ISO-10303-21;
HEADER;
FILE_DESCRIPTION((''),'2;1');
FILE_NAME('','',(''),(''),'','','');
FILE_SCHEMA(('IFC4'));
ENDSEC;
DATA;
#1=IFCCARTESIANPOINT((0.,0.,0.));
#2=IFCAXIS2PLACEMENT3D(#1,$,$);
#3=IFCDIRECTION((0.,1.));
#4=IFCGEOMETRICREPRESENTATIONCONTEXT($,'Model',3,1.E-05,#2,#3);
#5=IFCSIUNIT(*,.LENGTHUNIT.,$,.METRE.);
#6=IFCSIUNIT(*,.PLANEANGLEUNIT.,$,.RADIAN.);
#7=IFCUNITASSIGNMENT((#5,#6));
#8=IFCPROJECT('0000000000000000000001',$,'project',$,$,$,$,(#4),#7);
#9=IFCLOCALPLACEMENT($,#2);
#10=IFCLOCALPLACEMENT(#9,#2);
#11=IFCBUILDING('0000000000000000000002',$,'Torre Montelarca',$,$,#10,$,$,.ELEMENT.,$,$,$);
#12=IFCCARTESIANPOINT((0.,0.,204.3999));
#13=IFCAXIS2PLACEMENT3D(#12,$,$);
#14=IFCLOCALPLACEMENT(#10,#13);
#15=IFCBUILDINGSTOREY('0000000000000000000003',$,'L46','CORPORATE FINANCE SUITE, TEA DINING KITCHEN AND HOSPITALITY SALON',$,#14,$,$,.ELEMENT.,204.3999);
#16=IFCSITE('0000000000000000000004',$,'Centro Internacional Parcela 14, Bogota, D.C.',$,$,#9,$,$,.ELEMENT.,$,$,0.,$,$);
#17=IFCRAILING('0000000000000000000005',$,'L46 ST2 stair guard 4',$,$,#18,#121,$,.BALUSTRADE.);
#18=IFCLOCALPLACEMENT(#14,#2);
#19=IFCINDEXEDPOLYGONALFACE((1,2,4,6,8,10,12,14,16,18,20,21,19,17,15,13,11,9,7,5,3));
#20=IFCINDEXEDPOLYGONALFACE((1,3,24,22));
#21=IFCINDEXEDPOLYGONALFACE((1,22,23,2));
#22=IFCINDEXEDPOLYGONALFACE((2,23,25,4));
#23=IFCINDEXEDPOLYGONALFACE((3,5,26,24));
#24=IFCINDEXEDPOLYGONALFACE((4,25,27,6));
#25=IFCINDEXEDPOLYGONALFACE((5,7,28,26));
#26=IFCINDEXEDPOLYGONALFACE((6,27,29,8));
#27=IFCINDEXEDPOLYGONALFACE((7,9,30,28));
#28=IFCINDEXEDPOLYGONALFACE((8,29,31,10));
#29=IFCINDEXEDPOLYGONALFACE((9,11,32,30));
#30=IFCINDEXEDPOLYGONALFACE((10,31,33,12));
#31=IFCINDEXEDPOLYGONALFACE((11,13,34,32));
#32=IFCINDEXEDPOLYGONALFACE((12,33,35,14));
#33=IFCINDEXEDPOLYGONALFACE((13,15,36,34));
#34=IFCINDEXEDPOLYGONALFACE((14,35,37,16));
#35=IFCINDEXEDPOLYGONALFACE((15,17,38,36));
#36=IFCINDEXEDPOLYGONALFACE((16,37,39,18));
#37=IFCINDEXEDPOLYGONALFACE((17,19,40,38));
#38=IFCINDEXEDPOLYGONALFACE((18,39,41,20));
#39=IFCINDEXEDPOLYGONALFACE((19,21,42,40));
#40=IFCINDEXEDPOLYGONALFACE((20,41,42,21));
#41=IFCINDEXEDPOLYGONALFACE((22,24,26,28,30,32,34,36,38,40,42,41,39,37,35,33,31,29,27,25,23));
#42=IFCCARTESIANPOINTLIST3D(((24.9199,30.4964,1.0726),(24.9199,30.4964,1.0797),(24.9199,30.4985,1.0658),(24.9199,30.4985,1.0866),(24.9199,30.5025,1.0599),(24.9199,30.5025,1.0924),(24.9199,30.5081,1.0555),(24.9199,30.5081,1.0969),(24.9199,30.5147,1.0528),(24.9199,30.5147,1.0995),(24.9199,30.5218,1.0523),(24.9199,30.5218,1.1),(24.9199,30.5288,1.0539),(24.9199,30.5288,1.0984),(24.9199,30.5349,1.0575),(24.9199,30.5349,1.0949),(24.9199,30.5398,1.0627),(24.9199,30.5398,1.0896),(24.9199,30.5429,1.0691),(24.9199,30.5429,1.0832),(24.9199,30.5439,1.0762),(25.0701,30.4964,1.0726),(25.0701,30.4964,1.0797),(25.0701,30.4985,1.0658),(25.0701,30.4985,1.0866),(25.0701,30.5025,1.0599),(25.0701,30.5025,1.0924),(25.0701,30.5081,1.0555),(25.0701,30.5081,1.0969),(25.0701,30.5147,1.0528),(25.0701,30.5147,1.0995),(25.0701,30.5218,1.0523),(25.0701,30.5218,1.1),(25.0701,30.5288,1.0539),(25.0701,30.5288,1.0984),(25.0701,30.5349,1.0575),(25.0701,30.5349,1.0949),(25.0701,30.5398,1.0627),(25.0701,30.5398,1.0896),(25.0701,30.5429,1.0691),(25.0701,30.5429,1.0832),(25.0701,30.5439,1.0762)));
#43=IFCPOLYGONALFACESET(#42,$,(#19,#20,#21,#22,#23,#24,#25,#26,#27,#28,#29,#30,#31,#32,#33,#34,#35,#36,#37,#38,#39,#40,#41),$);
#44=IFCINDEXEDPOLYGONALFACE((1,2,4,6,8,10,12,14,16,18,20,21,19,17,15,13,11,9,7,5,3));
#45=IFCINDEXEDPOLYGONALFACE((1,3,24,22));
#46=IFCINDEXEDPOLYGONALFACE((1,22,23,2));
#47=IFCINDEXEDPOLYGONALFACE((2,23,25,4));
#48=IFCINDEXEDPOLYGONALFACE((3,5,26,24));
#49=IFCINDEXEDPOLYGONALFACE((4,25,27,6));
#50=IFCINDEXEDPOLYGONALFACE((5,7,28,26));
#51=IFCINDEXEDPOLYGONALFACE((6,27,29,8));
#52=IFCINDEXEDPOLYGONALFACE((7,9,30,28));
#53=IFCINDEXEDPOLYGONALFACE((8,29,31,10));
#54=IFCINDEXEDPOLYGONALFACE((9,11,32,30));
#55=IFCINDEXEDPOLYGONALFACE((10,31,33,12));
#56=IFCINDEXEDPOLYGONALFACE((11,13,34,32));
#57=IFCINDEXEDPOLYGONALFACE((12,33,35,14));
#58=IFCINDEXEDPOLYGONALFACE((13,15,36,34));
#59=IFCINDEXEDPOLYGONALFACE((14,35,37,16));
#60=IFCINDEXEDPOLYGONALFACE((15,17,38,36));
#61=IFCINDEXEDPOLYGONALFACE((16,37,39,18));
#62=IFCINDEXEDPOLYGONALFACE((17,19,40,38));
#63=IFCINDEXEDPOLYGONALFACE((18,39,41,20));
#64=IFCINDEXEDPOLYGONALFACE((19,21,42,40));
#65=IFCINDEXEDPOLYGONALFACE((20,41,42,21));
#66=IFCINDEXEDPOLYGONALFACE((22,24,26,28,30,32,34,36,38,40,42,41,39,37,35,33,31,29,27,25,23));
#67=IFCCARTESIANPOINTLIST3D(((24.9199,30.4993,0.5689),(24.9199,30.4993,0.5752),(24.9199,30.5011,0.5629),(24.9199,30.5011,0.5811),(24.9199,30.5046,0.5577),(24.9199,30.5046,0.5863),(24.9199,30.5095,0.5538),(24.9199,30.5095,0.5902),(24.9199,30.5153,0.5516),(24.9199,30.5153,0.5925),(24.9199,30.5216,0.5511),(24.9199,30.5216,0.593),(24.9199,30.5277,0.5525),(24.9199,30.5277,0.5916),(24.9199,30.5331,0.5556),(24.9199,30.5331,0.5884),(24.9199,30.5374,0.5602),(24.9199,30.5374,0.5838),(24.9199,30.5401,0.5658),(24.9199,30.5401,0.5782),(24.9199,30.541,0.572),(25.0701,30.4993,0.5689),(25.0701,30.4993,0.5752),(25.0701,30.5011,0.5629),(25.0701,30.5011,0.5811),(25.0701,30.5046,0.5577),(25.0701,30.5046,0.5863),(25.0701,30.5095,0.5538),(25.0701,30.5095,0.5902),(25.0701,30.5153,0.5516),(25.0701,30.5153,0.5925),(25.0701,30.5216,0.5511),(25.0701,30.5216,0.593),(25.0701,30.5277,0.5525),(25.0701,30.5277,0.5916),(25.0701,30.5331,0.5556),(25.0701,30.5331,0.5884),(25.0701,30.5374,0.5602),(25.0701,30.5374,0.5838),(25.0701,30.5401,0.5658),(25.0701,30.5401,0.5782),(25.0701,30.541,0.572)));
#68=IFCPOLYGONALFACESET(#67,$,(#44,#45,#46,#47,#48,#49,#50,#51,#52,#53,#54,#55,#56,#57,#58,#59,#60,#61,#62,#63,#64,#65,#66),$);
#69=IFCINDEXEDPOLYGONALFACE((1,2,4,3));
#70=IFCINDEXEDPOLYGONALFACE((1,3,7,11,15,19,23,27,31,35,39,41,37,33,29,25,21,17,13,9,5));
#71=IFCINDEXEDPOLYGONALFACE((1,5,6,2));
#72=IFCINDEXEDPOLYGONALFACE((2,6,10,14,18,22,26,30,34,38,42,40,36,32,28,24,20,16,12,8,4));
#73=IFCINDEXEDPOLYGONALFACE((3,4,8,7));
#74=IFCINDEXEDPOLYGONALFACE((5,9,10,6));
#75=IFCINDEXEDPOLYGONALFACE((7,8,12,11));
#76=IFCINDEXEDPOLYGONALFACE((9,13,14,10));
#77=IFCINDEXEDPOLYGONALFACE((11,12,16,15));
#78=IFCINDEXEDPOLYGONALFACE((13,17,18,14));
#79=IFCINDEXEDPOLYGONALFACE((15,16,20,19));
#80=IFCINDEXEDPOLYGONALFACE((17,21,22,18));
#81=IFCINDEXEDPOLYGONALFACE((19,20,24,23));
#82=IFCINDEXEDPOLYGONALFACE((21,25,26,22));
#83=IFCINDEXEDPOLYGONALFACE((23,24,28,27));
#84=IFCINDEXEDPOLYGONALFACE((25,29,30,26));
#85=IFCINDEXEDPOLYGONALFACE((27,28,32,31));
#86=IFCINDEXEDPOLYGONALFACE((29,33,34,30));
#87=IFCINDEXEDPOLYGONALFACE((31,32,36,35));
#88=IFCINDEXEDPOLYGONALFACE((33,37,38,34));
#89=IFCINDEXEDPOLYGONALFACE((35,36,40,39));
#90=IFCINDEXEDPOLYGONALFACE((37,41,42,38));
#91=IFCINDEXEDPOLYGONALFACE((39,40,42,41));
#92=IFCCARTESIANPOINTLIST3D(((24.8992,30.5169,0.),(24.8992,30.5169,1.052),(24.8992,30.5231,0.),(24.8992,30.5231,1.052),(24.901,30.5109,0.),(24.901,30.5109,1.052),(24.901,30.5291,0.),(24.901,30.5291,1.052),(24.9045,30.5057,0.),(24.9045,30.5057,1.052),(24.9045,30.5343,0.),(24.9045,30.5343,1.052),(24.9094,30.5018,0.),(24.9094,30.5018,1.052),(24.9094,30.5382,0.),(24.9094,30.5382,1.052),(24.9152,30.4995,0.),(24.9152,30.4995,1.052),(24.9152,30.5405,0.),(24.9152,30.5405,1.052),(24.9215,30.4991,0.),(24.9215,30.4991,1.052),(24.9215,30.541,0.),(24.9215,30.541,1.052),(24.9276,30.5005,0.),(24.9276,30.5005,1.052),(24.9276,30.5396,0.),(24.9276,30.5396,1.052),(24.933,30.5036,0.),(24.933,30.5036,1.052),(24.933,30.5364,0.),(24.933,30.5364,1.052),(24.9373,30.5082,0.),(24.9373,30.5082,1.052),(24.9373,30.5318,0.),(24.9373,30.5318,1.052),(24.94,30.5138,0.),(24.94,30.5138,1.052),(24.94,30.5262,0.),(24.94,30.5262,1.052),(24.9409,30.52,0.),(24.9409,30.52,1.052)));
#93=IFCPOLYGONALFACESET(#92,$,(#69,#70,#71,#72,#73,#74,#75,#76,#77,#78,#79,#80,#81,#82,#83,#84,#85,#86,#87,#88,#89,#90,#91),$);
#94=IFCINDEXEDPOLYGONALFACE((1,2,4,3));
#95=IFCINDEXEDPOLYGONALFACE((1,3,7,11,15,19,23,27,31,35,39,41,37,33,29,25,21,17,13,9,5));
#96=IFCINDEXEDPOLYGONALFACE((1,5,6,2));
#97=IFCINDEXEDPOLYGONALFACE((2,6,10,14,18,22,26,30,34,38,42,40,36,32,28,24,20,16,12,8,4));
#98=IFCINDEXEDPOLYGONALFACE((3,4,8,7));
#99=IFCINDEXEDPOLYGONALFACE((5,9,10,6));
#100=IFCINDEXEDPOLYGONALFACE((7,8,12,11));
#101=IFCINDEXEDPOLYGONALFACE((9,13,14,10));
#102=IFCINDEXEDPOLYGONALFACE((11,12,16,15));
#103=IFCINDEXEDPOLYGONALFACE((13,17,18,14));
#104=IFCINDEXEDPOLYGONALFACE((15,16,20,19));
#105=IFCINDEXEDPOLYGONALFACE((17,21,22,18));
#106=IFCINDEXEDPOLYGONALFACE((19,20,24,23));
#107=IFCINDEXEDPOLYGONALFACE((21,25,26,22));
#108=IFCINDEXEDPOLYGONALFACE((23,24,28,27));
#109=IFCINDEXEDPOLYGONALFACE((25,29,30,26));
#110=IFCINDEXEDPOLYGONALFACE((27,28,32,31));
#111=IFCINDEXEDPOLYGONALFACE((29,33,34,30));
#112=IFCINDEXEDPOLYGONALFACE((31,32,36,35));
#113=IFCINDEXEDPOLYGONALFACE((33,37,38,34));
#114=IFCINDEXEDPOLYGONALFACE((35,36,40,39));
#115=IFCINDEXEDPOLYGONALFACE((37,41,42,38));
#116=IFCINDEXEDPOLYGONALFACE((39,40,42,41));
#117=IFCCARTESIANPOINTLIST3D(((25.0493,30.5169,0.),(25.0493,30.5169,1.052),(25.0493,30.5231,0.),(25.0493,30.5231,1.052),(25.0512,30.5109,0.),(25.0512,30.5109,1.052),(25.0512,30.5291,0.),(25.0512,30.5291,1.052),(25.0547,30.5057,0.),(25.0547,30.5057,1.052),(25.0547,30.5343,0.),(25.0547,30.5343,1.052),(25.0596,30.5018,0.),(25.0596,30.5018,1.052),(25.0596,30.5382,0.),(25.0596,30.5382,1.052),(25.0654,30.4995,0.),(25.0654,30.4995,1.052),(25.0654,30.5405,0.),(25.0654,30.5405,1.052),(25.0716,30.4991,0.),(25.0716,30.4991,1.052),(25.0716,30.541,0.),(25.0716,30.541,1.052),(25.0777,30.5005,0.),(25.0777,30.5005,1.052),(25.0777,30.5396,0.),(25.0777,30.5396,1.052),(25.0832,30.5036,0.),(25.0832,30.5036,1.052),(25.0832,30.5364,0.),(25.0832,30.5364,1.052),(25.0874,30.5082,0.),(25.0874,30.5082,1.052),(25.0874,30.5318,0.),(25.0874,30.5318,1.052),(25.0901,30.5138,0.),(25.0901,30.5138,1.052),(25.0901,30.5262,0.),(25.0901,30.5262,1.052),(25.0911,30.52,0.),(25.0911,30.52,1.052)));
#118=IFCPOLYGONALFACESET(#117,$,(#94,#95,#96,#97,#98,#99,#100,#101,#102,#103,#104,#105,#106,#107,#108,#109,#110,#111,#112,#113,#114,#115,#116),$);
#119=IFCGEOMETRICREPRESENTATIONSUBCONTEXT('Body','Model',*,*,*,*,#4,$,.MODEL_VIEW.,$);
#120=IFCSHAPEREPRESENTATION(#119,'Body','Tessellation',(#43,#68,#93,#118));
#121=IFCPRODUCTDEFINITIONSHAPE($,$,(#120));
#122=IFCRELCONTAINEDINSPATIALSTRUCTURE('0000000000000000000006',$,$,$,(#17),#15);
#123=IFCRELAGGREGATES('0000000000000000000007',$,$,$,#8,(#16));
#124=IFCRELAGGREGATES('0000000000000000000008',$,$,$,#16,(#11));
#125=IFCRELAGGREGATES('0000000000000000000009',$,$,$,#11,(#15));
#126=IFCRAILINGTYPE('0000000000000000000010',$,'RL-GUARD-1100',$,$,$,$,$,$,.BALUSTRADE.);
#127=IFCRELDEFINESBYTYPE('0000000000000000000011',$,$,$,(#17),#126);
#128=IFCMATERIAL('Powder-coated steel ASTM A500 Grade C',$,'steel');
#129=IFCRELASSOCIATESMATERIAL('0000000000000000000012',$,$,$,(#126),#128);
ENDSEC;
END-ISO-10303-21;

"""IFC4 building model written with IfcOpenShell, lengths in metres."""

from ifc_helpers import new_model, si_unit, direction, frame, origin, origin_2d, place, context, subcontext, project, spatial, circle, extrude, material, type_object, element, save


model = new_model("IFC4")

# Units and contexts
model_context = context("Model", 3, precision=1e-05, world=origin(), true_north=direction((0.0, 1.0)))
body_context = subcontext(model_context, "Body", "Model", "MODEL_VIEW")
ifc_project = project(units=[si_unit("LENGTHUNIT", "METRE"), si_unit("PLANEANGLEUNIT", "RADIAN")], contexts=[model_context])

# Site, building, storey
site_placement = place(None, origin())
site = spatial("IfcSite", under=ifc_project, at=site_placement, Name="Centro Internacional Parcela 14, Bogota, D.C.", CompositionType="ELEMENT", RefElevation=0.0)
building_placement = place(site_placement, origin())
building = spatial("IfcBuilding", under=site, at=building_placement, Name="Torre Montelarca", CompositionType="ELEMENT")
storey_placement = place(building_placement, frame((0.0, 0.0, 204.3999)))
storey = spatial("IfcBuildingStorey", under=building, at=storey_placement, Name="L46", Description="CORPORATE FINANCE SUITE, TEA DINING KITCHEN AND HOSPITALITY SALON", CompositionType="ELEMENT", Elevation=204.3999)

# Railing
ifc_material_1 = material(Name="Powder-coated steel ASTM A500 Grade C", Category="steel")
railing_type_1 = type_object("IfcRailingType", Name="RL-GUARD-1100", PredefinedType="BALUSTRADE", material=ifc_material_1)
railing_1_placement = place(storey_placement, frame((24.9199, 30.52, 0.0)))
element("IfcRailing", 1, at=railing_1_placement, inside=storey, type_object=railing_type_1, Name="L46 ST2 stair guard 4", PredefinedType="BALUSTRADE", context=body_context, shape_type="SweptSolid", body=[
    extrude(circle(Radius=0.0239, at=origin_2d()), frame((0.0, 0.0, 1.0762), z_axis=(1.0, 0.0, 0.0), x_axis=(0.0, 1.0, 0.0)), (0.0, 0.0, 1.0), 0.1501),
    extrude(circle(Radius=0.021, at=origin_2d()), frame((0.0, 0.0, 0.572), z_axis=(1.0, 0.0, 0.0), x_axis=(0.0, 1.0, 0.0)), (0.0, 0.0, 1.0), 0.1501),
    extrude(circle(Radius=0.021, at=origin_2d()), origin(), (0.0, 0.0, 1.0), 1.052),
    extrude(circle(Radius=0.021, at=origin_2d()), frame((0.1501, 0.0, 0.0)), (0.0, 0.0, 1.0), 1.052),
])

save(model, "model.ifc")
